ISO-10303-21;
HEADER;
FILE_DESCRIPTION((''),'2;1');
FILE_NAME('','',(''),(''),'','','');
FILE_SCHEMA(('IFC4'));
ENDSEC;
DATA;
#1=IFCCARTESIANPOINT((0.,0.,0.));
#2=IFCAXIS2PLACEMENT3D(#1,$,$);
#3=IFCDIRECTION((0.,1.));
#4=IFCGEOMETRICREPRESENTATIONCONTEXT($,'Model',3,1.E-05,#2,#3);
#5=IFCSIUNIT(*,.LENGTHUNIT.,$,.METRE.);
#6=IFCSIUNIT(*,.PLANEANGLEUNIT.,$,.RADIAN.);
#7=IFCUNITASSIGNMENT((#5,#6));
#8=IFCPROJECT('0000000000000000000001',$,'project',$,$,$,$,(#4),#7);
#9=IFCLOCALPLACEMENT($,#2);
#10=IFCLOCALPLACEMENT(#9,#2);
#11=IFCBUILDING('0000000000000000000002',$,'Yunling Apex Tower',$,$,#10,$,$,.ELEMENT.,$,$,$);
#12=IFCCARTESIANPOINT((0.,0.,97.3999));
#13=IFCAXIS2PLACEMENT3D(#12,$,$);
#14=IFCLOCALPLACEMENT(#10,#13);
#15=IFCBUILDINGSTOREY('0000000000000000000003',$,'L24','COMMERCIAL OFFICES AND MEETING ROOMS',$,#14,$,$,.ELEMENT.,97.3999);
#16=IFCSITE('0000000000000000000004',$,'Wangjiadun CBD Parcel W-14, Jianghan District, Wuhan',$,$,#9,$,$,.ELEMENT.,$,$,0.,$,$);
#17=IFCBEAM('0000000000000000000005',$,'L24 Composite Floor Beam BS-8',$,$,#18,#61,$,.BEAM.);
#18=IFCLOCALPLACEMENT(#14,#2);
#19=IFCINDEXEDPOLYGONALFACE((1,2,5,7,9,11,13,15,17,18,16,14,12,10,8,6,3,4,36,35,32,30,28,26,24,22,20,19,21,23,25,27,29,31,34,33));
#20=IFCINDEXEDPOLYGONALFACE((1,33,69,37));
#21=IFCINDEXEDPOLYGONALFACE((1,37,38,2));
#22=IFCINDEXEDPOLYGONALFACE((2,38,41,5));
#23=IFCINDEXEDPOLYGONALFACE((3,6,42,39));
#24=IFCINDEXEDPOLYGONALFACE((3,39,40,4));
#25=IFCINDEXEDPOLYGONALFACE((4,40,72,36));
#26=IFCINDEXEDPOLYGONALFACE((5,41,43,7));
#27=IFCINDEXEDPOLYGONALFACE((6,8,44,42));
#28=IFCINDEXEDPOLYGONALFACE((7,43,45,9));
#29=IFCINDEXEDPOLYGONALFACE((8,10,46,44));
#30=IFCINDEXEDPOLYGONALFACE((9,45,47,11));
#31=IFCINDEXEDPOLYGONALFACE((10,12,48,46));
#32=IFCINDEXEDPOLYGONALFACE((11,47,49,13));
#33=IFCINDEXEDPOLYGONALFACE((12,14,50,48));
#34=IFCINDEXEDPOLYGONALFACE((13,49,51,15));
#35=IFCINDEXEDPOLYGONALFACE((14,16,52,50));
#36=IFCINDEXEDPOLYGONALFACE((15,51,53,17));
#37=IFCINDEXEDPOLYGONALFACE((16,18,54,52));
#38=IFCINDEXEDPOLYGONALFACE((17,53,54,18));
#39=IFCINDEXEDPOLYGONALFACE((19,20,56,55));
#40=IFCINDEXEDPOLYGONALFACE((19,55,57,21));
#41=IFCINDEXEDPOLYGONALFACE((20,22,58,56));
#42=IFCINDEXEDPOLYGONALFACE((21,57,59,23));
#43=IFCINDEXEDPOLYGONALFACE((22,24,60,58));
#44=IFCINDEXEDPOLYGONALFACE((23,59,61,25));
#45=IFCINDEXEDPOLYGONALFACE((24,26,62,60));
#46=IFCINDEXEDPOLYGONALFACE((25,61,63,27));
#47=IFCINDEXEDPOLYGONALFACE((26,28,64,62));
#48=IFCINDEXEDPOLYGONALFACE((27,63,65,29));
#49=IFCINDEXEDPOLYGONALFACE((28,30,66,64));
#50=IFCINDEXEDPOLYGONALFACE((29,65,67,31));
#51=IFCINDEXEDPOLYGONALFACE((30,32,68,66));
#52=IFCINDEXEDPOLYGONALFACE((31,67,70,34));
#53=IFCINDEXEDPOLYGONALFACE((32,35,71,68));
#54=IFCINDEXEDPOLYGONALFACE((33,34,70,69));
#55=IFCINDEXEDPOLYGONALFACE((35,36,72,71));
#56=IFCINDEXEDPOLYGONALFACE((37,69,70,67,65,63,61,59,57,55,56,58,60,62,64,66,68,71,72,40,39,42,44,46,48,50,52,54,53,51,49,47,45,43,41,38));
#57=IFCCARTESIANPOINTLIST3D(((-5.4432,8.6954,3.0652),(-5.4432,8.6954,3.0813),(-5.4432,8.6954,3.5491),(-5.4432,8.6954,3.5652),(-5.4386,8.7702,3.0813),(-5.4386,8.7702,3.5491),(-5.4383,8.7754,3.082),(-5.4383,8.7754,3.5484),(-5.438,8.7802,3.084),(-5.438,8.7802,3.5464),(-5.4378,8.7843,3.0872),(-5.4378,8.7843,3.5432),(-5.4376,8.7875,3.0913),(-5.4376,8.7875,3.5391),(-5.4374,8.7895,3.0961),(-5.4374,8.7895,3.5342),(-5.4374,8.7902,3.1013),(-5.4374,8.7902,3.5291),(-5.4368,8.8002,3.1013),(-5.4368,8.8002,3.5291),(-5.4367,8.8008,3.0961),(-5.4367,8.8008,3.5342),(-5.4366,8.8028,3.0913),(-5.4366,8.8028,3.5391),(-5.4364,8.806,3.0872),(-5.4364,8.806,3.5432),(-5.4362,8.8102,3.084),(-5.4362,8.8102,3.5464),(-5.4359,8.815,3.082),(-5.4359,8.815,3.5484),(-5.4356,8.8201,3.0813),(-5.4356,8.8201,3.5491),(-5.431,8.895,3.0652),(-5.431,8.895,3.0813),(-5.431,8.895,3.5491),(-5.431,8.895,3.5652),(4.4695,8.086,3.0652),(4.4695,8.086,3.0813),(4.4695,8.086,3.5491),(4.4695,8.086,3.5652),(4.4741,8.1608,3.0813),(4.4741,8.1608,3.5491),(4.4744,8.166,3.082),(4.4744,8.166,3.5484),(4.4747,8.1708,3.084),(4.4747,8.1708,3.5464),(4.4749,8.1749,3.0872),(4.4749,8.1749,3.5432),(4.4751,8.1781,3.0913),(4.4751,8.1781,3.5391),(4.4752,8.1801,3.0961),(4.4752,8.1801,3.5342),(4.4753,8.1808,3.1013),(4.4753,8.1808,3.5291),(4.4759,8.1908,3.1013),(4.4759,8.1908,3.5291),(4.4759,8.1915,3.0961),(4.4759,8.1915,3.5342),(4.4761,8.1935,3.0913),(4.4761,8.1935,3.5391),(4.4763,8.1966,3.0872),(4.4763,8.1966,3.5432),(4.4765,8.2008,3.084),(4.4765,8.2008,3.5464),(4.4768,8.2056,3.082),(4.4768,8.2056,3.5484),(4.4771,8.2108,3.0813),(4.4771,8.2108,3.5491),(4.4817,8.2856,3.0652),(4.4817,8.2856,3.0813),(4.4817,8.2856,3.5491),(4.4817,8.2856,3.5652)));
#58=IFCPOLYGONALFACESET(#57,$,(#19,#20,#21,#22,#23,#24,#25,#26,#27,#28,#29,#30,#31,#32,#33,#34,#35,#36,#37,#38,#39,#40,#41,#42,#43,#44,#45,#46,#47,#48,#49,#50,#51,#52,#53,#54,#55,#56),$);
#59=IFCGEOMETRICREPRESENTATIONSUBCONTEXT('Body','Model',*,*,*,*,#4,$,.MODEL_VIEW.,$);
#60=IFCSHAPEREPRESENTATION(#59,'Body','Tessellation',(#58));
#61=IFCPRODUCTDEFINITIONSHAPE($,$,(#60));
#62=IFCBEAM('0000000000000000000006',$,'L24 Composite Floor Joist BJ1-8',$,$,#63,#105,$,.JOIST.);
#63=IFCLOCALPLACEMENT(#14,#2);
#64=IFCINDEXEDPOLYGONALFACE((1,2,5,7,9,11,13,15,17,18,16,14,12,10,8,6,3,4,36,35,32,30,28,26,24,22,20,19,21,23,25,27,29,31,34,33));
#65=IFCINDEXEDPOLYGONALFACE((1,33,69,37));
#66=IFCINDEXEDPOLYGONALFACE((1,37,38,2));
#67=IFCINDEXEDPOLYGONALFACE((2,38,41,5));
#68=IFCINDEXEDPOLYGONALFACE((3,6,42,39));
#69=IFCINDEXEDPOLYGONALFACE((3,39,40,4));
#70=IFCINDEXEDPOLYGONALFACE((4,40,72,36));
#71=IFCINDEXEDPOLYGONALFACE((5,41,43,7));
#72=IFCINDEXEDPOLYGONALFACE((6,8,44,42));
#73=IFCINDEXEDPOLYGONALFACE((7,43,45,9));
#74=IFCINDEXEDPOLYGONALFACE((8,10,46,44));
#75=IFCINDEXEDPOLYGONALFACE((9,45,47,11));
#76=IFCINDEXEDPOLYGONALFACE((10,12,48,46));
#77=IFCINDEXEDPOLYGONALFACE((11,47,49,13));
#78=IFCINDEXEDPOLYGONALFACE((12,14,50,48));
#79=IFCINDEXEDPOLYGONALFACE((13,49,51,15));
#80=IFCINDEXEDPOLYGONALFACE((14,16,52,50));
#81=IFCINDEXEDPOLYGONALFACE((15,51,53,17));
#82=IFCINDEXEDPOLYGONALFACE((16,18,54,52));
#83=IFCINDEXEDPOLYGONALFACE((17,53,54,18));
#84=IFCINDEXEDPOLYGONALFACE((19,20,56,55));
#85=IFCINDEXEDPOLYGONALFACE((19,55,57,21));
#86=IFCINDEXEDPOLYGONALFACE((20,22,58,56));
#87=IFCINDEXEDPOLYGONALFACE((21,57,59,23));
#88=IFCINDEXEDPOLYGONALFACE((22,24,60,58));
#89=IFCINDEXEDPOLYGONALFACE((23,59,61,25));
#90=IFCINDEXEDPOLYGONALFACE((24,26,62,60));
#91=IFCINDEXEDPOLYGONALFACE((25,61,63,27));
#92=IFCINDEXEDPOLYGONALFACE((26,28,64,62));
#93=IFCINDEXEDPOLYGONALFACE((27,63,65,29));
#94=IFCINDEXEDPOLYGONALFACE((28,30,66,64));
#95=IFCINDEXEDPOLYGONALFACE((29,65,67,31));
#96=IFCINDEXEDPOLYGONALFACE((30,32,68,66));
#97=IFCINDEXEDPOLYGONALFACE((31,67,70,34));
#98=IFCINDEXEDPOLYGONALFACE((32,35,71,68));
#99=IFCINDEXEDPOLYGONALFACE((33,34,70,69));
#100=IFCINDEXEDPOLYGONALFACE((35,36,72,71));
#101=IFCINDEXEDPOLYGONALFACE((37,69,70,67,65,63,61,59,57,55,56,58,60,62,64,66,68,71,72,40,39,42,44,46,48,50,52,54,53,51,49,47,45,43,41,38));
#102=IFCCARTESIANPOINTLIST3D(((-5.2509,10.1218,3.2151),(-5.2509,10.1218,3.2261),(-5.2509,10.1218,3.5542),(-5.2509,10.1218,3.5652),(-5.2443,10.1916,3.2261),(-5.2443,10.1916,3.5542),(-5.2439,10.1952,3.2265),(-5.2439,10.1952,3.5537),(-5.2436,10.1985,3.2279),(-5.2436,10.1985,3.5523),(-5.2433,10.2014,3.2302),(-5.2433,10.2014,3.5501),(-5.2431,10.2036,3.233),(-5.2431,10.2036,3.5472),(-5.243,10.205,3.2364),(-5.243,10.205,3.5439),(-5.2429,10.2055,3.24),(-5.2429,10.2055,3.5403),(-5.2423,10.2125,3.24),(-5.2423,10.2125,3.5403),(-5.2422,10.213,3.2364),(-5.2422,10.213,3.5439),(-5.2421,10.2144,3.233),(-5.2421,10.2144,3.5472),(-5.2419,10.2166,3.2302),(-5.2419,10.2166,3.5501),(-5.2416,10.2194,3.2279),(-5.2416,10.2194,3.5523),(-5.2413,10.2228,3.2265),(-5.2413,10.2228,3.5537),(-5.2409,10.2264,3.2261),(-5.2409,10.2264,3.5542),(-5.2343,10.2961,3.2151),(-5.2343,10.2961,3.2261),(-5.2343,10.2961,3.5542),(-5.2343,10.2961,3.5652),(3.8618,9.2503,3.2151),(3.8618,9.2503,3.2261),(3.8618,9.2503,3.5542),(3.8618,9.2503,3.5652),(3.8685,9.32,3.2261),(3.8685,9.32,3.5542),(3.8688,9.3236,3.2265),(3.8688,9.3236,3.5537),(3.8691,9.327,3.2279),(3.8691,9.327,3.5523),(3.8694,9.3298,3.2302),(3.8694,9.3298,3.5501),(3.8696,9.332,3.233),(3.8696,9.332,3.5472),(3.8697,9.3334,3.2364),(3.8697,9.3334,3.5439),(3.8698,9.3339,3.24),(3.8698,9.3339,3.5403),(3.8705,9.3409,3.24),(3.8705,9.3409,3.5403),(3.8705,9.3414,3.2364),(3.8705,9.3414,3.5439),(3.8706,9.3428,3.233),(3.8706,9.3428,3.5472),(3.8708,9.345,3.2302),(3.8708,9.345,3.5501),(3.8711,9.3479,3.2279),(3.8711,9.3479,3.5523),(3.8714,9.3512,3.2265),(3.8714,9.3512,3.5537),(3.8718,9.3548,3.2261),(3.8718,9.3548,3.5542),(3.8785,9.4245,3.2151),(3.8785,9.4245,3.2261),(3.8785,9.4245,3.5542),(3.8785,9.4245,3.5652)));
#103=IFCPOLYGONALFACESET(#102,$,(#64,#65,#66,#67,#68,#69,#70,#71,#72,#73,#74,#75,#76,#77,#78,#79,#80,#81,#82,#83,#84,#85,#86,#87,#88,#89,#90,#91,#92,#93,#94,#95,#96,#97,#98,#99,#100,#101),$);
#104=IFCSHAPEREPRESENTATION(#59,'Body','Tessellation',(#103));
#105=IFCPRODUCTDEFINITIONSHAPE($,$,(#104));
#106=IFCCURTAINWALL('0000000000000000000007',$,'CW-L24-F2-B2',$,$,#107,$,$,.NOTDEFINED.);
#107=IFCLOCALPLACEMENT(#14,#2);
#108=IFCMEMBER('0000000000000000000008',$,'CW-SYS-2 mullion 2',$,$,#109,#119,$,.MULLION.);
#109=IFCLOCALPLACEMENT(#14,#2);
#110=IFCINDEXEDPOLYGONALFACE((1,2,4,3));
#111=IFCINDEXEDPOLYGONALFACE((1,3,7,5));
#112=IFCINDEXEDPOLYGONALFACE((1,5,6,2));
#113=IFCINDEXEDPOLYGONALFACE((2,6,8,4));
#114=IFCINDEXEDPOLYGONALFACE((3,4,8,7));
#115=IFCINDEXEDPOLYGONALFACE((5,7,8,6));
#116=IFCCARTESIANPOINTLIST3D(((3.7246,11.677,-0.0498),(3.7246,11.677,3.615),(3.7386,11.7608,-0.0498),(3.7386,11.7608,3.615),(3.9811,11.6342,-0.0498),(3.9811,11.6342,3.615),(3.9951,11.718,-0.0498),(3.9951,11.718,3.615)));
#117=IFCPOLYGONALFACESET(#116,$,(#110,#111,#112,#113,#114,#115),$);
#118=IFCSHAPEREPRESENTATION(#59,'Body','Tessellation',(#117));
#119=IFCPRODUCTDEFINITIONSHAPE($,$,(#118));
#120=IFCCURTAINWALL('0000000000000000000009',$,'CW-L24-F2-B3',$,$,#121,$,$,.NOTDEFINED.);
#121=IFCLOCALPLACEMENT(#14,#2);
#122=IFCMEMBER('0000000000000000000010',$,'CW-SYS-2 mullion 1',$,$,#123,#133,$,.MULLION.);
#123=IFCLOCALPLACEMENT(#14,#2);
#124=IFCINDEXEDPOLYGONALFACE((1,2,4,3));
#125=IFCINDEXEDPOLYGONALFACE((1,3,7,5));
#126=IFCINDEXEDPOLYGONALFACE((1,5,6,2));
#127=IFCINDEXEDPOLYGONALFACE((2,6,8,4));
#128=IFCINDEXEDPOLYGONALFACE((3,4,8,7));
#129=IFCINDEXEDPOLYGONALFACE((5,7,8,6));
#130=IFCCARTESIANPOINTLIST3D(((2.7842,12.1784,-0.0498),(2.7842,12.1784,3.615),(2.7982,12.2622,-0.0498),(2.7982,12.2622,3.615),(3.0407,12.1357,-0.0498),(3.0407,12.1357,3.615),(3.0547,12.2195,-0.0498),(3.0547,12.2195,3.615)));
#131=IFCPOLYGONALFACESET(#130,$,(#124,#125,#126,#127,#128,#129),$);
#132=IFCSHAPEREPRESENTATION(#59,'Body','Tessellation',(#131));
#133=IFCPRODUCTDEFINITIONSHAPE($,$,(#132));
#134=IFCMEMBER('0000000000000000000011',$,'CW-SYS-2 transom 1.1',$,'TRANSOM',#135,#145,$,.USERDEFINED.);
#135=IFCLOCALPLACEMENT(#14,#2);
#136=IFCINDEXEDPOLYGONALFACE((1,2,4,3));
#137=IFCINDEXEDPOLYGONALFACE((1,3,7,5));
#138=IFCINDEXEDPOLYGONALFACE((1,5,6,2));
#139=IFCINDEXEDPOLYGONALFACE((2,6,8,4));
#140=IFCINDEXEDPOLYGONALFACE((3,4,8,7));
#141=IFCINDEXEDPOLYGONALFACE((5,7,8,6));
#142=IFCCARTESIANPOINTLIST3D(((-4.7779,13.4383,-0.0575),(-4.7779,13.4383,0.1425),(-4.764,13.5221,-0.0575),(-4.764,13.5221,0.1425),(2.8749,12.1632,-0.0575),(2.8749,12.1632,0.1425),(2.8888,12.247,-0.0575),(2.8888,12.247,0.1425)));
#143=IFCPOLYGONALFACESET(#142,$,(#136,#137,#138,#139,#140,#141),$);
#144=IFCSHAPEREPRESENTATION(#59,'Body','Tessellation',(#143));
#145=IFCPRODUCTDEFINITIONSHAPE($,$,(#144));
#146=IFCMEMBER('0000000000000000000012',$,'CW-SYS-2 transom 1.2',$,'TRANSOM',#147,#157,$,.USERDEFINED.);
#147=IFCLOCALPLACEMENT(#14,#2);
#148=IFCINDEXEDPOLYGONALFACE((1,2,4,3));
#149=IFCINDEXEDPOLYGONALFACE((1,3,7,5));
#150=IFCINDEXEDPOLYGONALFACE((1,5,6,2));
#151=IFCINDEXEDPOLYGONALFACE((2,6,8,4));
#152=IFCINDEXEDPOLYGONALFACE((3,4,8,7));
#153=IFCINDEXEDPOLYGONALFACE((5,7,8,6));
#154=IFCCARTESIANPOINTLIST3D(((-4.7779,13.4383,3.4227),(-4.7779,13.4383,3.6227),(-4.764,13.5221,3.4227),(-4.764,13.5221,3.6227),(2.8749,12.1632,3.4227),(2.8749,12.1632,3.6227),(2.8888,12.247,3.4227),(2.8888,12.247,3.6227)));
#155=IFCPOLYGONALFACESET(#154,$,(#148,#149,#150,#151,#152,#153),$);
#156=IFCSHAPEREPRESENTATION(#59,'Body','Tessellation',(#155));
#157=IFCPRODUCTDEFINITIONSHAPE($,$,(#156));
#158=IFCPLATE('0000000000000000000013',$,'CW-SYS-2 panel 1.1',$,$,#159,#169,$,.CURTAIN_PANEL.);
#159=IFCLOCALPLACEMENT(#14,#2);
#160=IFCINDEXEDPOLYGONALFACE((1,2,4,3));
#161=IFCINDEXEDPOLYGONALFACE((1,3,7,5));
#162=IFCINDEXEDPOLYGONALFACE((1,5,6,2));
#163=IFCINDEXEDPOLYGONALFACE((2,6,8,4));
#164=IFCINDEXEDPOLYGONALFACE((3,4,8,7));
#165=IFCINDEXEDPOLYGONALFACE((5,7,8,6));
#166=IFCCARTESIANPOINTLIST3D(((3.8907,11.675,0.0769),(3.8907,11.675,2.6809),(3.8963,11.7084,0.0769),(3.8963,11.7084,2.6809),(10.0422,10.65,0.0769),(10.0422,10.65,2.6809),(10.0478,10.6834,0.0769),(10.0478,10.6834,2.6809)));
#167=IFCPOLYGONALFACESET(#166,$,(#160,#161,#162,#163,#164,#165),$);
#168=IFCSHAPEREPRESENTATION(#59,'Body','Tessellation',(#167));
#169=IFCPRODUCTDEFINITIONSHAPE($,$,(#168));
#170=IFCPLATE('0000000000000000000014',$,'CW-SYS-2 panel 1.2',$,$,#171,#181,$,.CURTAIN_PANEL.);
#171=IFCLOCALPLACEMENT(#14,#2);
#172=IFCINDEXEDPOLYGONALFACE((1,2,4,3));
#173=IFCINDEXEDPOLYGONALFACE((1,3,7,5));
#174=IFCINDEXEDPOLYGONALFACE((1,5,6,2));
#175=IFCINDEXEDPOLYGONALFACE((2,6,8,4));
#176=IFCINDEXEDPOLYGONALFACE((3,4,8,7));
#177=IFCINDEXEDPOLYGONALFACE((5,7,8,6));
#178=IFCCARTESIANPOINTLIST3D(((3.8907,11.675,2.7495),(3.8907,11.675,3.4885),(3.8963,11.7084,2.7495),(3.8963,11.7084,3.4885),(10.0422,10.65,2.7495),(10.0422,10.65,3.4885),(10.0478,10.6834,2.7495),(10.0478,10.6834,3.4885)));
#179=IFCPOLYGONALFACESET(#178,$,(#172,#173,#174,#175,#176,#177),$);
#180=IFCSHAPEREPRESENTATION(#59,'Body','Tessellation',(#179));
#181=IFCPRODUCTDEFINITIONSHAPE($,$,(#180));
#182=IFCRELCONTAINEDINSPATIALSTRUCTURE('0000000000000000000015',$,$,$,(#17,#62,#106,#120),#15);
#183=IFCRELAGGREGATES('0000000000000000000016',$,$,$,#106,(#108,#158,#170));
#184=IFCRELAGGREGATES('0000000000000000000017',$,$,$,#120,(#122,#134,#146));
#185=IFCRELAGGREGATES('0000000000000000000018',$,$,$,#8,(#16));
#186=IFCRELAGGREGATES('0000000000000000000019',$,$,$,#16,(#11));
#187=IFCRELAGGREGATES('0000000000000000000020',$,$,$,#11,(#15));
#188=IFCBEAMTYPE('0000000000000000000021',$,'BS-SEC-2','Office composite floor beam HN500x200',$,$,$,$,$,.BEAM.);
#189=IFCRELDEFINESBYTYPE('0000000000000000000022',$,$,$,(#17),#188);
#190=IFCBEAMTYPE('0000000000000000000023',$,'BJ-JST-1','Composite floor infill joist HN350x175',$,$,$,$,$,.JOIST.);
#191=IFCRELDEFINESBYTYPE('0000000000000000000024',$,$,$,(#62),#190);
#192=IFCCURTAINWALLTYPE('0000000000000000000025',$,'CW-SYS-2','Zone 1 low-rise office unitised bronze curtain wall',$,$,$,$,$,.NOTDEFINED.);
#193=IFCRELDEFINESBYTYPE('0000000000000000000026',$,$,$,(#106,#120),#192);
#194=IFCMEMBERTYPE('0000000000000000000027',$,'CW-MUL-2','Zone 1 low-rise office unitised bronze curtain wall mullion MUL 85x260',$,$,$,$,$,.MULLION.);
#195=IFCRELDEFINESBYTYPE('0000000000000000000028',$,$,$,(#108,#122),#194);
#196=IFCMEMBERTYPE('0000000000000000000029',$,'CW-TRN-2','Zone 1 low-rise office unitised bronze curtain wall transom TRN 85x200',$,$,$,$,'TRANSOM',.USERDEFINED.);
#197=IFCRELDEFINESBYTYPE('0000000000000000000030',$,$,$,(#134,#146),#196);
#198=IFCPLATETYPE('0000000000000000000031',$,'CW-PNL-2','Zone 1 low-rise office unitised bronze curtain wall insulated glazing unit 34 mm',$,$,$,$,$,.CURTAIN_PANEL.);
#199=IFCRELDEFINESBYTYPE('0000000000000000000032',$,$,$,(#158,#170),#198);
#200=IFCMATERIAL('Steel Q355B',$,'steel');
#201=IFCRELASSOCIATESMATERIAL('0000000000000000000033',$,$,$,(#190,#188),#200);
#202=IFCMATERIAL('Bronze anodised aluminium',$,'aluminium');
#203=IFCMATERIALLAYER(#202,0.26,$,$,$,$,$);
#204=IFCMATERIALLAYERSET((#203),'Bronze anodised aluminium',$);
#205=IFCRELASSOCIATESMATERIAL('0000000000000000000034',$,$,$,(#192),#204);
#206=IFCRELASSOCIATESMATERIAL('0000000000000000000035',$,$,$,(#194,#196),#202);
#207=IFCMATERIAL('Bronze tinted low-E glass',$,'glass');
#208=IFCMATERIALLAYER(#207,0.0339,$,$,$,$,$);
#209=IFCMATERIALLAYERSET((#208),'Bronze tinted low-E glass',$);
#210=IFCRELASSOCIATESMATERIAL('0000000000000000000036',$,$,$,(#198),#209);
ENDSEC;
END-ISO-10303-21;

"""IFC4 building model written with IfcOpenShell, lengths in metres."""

from ifc_helpers import new_model, si_unit, direction, frame, origin, origin_2d, place, context, subcontext, project, spatial, rectangle, i_section, extrude, source, transform, mapped, material, layer, layer_set, material_profile, profile_set, type_object, element, aggregate, save


model = new_model("IFC4")

# Units and contexts
model_context = context("Model", 3, precision=1e-05, world=origin(), true_north=direction((0.0, 1.0)))
body_context = subcontext(model_context, "Body", "Model", "MODEL_VIEW")
ifc_project = project(units=[si_unit("LENGTHUNIT", "METRE"), si_unit("PLANEANGLEUNIT", "RADIAN")], contexts=[model_context])

# Site, building, storey
site_placement = place(None, origin())
site = spatial("IfcSite", under=ifc_project, at=site_placement, Name="Wangjiadun CBD Parcel W-14, Jianghan District, Wuhan", CompositionType="ELEMENT", RefElevation=0.0)
building_placement = place(site_placement, origin())
building = spatial("IfcBuilding", under=site, at=building_placement, Name="Yunling Apex Tower", CompositionType="ELEMENT")
storey_placement = place(building_placement, frame((0.0, 0.0, 97.3999)))
storey = spatial("IfcBuildingStorey", under=building, at=storey_placement, Name="L24", Description="COMMERCIAL OFFICES AND MEETING ROOMS", CompositionType="ELEMENT", Elevation=97.3999)

# Beams
ifc_material_1 = material(Name="Steel Q355B", Category="steel")
ifc_material_profile_1 = material_profile(ifc_material_1, i_section(OverallWidth=0.175, OverallDepth=0.3501, WebThickness=0.0071, FlangeThickness=0.011, FilletRadius=0.0139, at=origin_2d()))
ifc_profile_set_1 = profile_set([ifc_material_profile_1], Name="Steel Q355B")
beam_type_1 = type_object("IfcBeamType", Name="BJ-JST-1", Description="Composite floor infill joist HN350x175", PredefinedType="JOIST", material=ifc_profile_set_1)
ifc_material_profile_2 = material_profile(ifc_material_1, i_section(OverallWidth=0.2, OverallDepth=0.5, WebThickness=0.01, FlangeThickness=0.0161, FilletRadius=0.02, at=origin_2d()))
ifc_profile_set_2 = profile_set([ifc_material_profile_2], Name="Steel Q355B")
beam_type_2 = type_object("IfcBeamType", Name="BS-SEC-2", Description="Office composite floor beam HN500x200", PredefinedType="BEAM", material=ifc_profile_set_2)
shared_shape_1 = source(origin(), body_context, "Body", "SweptSolid", [
    extrude(i_section(OverallWidth=0.2, OverallDepth=0.5, WebThickness=0.01, FlangeThickness=0.0161, FilletRadius=0.02, at=origin_2d()), origin(), (0.0, 0.0, 1.0), 9.9314),
])
beam_1_placement = place(storey_placement, frame((4.4756, 8.1858, 3.3152), z_axis=(-0.998116, 0.061359, 0.0), x_axis=(-0.061359, -0.998116, 0.0)))
element("IfcBeam", 1, at=beam_1_placement, inside=storey, type_object=beam_type_2, Name="L24 Composite Floor Beam BS-8", PredefinedType="BEAM", context=body_context, shape_type="MappedRepresentation", body=[
    mapped(shared_shape_1, transform((0.0, 0.0, 0.0), scale=1.0)),
])
shared_shape_2 = source(origin(), body_context, "Body", "SweptSolid", [
    extrude(i_section(OverallWidth=0.175, OverallDepth=0.3501, WebThickness=0.0071, FlangeThickness=0.011, FilletRadius=0.0139, at=origin_2d()), origin(), (0.0, 0.0, 1.0), 9.1543),
])
beam_2_placement = place(storey_placement, frame((3.8701, 9.3374, 3.3901), z_axis=(-0.995457, 0.095209, 0.0), x_axis=(-0.095209, -0.995457, 0.0)))
element("IfcBeam", 2, at=beam_2_placement, inside=storey, type_object=beam_type_1, Name="L24 Composite Floor Joist BJ1-8", PredefinedType="JOIST", context=body_context, shape_type="MappedRepresentation", body=[
    mapped(shared_shape_2, transform((0.0, 0.0, 0.0), scale=1.0)),
])

# Curtain wall, member
ifc_material_2 = material(Name="Bronze anodised aluminium", Category="aluminium")
ifc_layer_1 = layer(ifc_material_2, 0.26)
ifc_layer_set_1 = layer_set([ifc_layer_1], Name="Bronze anodised aluminium")
curtain_wall_type = type_object("IfcCurtainWallType", Name="CW-SYS-2", Description="Zone 1 low-rise office unitised bronze curtain wall", PredefinedType="NOTDEFINED", material=ifc_layer_set_1)
curtain_wall_1_placement = place(storey_placement, origin())
curtain_wall_1 = element("IfcCurtainWall", 3, at=curtain_wall_1_placement, inside=storey, type_object=curtain_wall_type, Name="CW-L24-F2-B2", PredefinedType="NOTDEFINED")
ifc_material_profile_3 = material_profile(ifc_material_2, rectangle(XDim=0.085, YDim=0.26, at=origin_2d()))
ifc_profile_set_3 = profile_set([ifc_material_profile_3], Name="Bronze anodised aluminium")
member_type_1 = type_object("IfcMemberType", Name="CW-MUL-2", Description="Zone 1 low-rise office unitised bronze curtain wall mullion MUL 85x260", PredefinedType="MULLION", material=ifc_profile_set_3)
shared_shape_3 = source(origin(), body_context, "Body", "SweptSolid", [
    extrude(rectangle(XDim=0.085, YDim=0.26, at=origin_2d()), origin(), (0.0, 0.0, 1.0), 3.6648),
])
member_1_placement = place(storey_placement, frame((3.8599, 11.6975, -0.0498), z_axis=(0.0, 0.0, 1.0), x_axis=(-0.164356, -0.986401, 0.0)))
member_1 = element("IfcMember", 4, at=member_1_placement, type_object=member_type_1, Name="CW-SYS-2 mullion 2", PredefinedType="MULLION", context=body_context, shape_type="MappedRepresentation", body=[
    mapped(shared_shape_3, transform((0.0, 0.0, 0.0), scale=1.0)),
])

# Curtain wall, members
curtain_wall_2_placement = place(storey_placement, origin())
curtain_wall_2 = element("IfcCurtainWall", 5, at=curtain_wall_2_placement, inside=storey, type_object=curtain_wall_type, Name="CW-L24-F2-B3", PredefinedType="NOTDEFINED")
member_2_placement = place(storey_placement, frame((2.9194, 12.199, -0.0498), z_axis=(0.0, 0.0, 1.0), x_axis=(-0.164362, -0.9864, 0.0)))
member_2 = element("IfcMember", 6, at=member_2_placement, type_object=member_type_1, Name="CW-SYS-2 mullion 1", PredefinedType="MULLION", context=body_context, shape_type="MappedRepresentation", body=[
    mapped(shared_shape_3, transform((0.0, 0.0, 0.0), scale=1.0)),
])
ifc_material_profile_4 = material_profile(ifc_material_2, rectangle(XDim=0.085, YDim=0.2, at=origin_2d()))
ifc_profile_set_4 = profile_set([ifc_material_profile_4], Name="Bronze anodised aluminium")
member_type_2 = type_object("IfcMemberType", Name="CW-TRN-2", Description="Zone 1 low-rise office unitised bronze curtain wall transom TRN 85x200", ElementType="TRANSOM", PredefinedType="USERDEFINED", material=ifc_profile_set_4)
shared_shape_4 = source(origin(), body_context, "Body", "SweptSolid", [
    extrude(rectangle(XDim=0.085, YDim=0.2, at=origin_2d()), origin(), (0.0, 0.0, 1.0), 7.7583),
])
member_3_placement = place(storey_placement, frame((2.8818, 12.2051, 0.0425), z_axis=(-0.986401, 0.164358, 0.0), x_axis=(-0.164358, -0.986401, 0.0)))
member_3 = element("IfcMember", 7, at=member_3_placement, type_object=member_type_2, Name="CW-SYS-2 transom 1.1", ObjectType="TRANSOM", PredefinedType="USERDEFINED", context=body_context, shape_type="MappedRepresentation", body=[
    mapped(shared_shape_4, transform((0.0, 0.0, 0.0), scale=1.0)),
])
member_4_placement = place(storey_placement, frame((2.8818, 12.2051, 3.5227), z_axis=(-0.986401, 0.164358, 0.0), x_axis=(-0.164358, -0.986401, 0.0)))
member_4 = element("IfcMember", 8, at=member_4_placement, type_object=member_type_2, Name="CW-SYS-2 transom 1.2", ObjectType="TRANSOM", PredefinedType="USERDEFINED", context=body_context, shape_type="MappedRepresentation", body=[
    mapped(shared_shape_4, transform((0.0, 0.0, 0.0), scale=1.0)),
])

# Plates
ifc_material_3 = material(Name="Bronze tinted low-E glass", Category="glass")
ifc_layer_2 = layer(ifc_material_3, 0.0339)
ifc_layer_set_2 = layer_set([ifc_layer_2], Name="Bronze tinted low-E glass")
plate_type = type_object("IfcPlateType", Name="CW-PNL-2", Description="Zone 1 low-rise office unitised bronze curtain wall insulated glazing unit 34 mm", PredefinedType="CURTAIN_PANEL", material=ifc_layer_set_2)
shared_shape_5 = source(origin(), body_context, "Body", "SweptSolid", [
    extrude(rectangle(XDim=6.2363, YDim=0.0339, at=origin_2d()), origin(), (0.0, 0.0, 1.0), 2.604),
])
plate_1_placement = place(storey_placement, frame((6.9692, 11.1792, 0.0769), z_axis=(0.0, 0.0, 1.0), x_axis=(-0.986401, 0.164356, 0.0)))
plate_1 = element("IfcPlate", 9, at=plate_1_placement, type_object=plate_type, Name="CW-SYS-2 panel 1.1", PredefinedType="CURTAIN_PANEL", context=body_context, shape_type="MappedRepresentation", body=[
    mapped(shared_shape_5, transform((0.0, 0.0, 0.0), scale=1.0)),
])
shared_shape_6 = source(origin(), body_context, "Body", "SweptSolid", [
    extrude(rectangle(XDim=6.2363, YDim=0.0339, at=origin_2d()), origin(), (0.0, 0.0, 1.0), 0.739),
])
plate_2_placement = place(storey_placement, frame((6.9692, 11.1792, 2.7495), z_axis=(0.0, 0.0, 1.0), x_axis=(-0.986401, 0.164356, 0.0)))
plate_2 = element("IfcPlate", 10, at=plate_2_placement, type_object=plate_type, Name="CW-SYS-2 panel 1.2", PredefinedType="CURTAIN_PANEL", context=body_context, shape_type="MappedRepresentation", body=[
    mapped(shared_shape_6, transform((0.0, 0.0, 0.0), scale=1.0)),
])
aggregate(curtain_wall_1, [member_1, plate_1, plate_2])
aggregate(curtain_wall_2, [member_2, member_3, member_4])

save(model, "model.ifc")
